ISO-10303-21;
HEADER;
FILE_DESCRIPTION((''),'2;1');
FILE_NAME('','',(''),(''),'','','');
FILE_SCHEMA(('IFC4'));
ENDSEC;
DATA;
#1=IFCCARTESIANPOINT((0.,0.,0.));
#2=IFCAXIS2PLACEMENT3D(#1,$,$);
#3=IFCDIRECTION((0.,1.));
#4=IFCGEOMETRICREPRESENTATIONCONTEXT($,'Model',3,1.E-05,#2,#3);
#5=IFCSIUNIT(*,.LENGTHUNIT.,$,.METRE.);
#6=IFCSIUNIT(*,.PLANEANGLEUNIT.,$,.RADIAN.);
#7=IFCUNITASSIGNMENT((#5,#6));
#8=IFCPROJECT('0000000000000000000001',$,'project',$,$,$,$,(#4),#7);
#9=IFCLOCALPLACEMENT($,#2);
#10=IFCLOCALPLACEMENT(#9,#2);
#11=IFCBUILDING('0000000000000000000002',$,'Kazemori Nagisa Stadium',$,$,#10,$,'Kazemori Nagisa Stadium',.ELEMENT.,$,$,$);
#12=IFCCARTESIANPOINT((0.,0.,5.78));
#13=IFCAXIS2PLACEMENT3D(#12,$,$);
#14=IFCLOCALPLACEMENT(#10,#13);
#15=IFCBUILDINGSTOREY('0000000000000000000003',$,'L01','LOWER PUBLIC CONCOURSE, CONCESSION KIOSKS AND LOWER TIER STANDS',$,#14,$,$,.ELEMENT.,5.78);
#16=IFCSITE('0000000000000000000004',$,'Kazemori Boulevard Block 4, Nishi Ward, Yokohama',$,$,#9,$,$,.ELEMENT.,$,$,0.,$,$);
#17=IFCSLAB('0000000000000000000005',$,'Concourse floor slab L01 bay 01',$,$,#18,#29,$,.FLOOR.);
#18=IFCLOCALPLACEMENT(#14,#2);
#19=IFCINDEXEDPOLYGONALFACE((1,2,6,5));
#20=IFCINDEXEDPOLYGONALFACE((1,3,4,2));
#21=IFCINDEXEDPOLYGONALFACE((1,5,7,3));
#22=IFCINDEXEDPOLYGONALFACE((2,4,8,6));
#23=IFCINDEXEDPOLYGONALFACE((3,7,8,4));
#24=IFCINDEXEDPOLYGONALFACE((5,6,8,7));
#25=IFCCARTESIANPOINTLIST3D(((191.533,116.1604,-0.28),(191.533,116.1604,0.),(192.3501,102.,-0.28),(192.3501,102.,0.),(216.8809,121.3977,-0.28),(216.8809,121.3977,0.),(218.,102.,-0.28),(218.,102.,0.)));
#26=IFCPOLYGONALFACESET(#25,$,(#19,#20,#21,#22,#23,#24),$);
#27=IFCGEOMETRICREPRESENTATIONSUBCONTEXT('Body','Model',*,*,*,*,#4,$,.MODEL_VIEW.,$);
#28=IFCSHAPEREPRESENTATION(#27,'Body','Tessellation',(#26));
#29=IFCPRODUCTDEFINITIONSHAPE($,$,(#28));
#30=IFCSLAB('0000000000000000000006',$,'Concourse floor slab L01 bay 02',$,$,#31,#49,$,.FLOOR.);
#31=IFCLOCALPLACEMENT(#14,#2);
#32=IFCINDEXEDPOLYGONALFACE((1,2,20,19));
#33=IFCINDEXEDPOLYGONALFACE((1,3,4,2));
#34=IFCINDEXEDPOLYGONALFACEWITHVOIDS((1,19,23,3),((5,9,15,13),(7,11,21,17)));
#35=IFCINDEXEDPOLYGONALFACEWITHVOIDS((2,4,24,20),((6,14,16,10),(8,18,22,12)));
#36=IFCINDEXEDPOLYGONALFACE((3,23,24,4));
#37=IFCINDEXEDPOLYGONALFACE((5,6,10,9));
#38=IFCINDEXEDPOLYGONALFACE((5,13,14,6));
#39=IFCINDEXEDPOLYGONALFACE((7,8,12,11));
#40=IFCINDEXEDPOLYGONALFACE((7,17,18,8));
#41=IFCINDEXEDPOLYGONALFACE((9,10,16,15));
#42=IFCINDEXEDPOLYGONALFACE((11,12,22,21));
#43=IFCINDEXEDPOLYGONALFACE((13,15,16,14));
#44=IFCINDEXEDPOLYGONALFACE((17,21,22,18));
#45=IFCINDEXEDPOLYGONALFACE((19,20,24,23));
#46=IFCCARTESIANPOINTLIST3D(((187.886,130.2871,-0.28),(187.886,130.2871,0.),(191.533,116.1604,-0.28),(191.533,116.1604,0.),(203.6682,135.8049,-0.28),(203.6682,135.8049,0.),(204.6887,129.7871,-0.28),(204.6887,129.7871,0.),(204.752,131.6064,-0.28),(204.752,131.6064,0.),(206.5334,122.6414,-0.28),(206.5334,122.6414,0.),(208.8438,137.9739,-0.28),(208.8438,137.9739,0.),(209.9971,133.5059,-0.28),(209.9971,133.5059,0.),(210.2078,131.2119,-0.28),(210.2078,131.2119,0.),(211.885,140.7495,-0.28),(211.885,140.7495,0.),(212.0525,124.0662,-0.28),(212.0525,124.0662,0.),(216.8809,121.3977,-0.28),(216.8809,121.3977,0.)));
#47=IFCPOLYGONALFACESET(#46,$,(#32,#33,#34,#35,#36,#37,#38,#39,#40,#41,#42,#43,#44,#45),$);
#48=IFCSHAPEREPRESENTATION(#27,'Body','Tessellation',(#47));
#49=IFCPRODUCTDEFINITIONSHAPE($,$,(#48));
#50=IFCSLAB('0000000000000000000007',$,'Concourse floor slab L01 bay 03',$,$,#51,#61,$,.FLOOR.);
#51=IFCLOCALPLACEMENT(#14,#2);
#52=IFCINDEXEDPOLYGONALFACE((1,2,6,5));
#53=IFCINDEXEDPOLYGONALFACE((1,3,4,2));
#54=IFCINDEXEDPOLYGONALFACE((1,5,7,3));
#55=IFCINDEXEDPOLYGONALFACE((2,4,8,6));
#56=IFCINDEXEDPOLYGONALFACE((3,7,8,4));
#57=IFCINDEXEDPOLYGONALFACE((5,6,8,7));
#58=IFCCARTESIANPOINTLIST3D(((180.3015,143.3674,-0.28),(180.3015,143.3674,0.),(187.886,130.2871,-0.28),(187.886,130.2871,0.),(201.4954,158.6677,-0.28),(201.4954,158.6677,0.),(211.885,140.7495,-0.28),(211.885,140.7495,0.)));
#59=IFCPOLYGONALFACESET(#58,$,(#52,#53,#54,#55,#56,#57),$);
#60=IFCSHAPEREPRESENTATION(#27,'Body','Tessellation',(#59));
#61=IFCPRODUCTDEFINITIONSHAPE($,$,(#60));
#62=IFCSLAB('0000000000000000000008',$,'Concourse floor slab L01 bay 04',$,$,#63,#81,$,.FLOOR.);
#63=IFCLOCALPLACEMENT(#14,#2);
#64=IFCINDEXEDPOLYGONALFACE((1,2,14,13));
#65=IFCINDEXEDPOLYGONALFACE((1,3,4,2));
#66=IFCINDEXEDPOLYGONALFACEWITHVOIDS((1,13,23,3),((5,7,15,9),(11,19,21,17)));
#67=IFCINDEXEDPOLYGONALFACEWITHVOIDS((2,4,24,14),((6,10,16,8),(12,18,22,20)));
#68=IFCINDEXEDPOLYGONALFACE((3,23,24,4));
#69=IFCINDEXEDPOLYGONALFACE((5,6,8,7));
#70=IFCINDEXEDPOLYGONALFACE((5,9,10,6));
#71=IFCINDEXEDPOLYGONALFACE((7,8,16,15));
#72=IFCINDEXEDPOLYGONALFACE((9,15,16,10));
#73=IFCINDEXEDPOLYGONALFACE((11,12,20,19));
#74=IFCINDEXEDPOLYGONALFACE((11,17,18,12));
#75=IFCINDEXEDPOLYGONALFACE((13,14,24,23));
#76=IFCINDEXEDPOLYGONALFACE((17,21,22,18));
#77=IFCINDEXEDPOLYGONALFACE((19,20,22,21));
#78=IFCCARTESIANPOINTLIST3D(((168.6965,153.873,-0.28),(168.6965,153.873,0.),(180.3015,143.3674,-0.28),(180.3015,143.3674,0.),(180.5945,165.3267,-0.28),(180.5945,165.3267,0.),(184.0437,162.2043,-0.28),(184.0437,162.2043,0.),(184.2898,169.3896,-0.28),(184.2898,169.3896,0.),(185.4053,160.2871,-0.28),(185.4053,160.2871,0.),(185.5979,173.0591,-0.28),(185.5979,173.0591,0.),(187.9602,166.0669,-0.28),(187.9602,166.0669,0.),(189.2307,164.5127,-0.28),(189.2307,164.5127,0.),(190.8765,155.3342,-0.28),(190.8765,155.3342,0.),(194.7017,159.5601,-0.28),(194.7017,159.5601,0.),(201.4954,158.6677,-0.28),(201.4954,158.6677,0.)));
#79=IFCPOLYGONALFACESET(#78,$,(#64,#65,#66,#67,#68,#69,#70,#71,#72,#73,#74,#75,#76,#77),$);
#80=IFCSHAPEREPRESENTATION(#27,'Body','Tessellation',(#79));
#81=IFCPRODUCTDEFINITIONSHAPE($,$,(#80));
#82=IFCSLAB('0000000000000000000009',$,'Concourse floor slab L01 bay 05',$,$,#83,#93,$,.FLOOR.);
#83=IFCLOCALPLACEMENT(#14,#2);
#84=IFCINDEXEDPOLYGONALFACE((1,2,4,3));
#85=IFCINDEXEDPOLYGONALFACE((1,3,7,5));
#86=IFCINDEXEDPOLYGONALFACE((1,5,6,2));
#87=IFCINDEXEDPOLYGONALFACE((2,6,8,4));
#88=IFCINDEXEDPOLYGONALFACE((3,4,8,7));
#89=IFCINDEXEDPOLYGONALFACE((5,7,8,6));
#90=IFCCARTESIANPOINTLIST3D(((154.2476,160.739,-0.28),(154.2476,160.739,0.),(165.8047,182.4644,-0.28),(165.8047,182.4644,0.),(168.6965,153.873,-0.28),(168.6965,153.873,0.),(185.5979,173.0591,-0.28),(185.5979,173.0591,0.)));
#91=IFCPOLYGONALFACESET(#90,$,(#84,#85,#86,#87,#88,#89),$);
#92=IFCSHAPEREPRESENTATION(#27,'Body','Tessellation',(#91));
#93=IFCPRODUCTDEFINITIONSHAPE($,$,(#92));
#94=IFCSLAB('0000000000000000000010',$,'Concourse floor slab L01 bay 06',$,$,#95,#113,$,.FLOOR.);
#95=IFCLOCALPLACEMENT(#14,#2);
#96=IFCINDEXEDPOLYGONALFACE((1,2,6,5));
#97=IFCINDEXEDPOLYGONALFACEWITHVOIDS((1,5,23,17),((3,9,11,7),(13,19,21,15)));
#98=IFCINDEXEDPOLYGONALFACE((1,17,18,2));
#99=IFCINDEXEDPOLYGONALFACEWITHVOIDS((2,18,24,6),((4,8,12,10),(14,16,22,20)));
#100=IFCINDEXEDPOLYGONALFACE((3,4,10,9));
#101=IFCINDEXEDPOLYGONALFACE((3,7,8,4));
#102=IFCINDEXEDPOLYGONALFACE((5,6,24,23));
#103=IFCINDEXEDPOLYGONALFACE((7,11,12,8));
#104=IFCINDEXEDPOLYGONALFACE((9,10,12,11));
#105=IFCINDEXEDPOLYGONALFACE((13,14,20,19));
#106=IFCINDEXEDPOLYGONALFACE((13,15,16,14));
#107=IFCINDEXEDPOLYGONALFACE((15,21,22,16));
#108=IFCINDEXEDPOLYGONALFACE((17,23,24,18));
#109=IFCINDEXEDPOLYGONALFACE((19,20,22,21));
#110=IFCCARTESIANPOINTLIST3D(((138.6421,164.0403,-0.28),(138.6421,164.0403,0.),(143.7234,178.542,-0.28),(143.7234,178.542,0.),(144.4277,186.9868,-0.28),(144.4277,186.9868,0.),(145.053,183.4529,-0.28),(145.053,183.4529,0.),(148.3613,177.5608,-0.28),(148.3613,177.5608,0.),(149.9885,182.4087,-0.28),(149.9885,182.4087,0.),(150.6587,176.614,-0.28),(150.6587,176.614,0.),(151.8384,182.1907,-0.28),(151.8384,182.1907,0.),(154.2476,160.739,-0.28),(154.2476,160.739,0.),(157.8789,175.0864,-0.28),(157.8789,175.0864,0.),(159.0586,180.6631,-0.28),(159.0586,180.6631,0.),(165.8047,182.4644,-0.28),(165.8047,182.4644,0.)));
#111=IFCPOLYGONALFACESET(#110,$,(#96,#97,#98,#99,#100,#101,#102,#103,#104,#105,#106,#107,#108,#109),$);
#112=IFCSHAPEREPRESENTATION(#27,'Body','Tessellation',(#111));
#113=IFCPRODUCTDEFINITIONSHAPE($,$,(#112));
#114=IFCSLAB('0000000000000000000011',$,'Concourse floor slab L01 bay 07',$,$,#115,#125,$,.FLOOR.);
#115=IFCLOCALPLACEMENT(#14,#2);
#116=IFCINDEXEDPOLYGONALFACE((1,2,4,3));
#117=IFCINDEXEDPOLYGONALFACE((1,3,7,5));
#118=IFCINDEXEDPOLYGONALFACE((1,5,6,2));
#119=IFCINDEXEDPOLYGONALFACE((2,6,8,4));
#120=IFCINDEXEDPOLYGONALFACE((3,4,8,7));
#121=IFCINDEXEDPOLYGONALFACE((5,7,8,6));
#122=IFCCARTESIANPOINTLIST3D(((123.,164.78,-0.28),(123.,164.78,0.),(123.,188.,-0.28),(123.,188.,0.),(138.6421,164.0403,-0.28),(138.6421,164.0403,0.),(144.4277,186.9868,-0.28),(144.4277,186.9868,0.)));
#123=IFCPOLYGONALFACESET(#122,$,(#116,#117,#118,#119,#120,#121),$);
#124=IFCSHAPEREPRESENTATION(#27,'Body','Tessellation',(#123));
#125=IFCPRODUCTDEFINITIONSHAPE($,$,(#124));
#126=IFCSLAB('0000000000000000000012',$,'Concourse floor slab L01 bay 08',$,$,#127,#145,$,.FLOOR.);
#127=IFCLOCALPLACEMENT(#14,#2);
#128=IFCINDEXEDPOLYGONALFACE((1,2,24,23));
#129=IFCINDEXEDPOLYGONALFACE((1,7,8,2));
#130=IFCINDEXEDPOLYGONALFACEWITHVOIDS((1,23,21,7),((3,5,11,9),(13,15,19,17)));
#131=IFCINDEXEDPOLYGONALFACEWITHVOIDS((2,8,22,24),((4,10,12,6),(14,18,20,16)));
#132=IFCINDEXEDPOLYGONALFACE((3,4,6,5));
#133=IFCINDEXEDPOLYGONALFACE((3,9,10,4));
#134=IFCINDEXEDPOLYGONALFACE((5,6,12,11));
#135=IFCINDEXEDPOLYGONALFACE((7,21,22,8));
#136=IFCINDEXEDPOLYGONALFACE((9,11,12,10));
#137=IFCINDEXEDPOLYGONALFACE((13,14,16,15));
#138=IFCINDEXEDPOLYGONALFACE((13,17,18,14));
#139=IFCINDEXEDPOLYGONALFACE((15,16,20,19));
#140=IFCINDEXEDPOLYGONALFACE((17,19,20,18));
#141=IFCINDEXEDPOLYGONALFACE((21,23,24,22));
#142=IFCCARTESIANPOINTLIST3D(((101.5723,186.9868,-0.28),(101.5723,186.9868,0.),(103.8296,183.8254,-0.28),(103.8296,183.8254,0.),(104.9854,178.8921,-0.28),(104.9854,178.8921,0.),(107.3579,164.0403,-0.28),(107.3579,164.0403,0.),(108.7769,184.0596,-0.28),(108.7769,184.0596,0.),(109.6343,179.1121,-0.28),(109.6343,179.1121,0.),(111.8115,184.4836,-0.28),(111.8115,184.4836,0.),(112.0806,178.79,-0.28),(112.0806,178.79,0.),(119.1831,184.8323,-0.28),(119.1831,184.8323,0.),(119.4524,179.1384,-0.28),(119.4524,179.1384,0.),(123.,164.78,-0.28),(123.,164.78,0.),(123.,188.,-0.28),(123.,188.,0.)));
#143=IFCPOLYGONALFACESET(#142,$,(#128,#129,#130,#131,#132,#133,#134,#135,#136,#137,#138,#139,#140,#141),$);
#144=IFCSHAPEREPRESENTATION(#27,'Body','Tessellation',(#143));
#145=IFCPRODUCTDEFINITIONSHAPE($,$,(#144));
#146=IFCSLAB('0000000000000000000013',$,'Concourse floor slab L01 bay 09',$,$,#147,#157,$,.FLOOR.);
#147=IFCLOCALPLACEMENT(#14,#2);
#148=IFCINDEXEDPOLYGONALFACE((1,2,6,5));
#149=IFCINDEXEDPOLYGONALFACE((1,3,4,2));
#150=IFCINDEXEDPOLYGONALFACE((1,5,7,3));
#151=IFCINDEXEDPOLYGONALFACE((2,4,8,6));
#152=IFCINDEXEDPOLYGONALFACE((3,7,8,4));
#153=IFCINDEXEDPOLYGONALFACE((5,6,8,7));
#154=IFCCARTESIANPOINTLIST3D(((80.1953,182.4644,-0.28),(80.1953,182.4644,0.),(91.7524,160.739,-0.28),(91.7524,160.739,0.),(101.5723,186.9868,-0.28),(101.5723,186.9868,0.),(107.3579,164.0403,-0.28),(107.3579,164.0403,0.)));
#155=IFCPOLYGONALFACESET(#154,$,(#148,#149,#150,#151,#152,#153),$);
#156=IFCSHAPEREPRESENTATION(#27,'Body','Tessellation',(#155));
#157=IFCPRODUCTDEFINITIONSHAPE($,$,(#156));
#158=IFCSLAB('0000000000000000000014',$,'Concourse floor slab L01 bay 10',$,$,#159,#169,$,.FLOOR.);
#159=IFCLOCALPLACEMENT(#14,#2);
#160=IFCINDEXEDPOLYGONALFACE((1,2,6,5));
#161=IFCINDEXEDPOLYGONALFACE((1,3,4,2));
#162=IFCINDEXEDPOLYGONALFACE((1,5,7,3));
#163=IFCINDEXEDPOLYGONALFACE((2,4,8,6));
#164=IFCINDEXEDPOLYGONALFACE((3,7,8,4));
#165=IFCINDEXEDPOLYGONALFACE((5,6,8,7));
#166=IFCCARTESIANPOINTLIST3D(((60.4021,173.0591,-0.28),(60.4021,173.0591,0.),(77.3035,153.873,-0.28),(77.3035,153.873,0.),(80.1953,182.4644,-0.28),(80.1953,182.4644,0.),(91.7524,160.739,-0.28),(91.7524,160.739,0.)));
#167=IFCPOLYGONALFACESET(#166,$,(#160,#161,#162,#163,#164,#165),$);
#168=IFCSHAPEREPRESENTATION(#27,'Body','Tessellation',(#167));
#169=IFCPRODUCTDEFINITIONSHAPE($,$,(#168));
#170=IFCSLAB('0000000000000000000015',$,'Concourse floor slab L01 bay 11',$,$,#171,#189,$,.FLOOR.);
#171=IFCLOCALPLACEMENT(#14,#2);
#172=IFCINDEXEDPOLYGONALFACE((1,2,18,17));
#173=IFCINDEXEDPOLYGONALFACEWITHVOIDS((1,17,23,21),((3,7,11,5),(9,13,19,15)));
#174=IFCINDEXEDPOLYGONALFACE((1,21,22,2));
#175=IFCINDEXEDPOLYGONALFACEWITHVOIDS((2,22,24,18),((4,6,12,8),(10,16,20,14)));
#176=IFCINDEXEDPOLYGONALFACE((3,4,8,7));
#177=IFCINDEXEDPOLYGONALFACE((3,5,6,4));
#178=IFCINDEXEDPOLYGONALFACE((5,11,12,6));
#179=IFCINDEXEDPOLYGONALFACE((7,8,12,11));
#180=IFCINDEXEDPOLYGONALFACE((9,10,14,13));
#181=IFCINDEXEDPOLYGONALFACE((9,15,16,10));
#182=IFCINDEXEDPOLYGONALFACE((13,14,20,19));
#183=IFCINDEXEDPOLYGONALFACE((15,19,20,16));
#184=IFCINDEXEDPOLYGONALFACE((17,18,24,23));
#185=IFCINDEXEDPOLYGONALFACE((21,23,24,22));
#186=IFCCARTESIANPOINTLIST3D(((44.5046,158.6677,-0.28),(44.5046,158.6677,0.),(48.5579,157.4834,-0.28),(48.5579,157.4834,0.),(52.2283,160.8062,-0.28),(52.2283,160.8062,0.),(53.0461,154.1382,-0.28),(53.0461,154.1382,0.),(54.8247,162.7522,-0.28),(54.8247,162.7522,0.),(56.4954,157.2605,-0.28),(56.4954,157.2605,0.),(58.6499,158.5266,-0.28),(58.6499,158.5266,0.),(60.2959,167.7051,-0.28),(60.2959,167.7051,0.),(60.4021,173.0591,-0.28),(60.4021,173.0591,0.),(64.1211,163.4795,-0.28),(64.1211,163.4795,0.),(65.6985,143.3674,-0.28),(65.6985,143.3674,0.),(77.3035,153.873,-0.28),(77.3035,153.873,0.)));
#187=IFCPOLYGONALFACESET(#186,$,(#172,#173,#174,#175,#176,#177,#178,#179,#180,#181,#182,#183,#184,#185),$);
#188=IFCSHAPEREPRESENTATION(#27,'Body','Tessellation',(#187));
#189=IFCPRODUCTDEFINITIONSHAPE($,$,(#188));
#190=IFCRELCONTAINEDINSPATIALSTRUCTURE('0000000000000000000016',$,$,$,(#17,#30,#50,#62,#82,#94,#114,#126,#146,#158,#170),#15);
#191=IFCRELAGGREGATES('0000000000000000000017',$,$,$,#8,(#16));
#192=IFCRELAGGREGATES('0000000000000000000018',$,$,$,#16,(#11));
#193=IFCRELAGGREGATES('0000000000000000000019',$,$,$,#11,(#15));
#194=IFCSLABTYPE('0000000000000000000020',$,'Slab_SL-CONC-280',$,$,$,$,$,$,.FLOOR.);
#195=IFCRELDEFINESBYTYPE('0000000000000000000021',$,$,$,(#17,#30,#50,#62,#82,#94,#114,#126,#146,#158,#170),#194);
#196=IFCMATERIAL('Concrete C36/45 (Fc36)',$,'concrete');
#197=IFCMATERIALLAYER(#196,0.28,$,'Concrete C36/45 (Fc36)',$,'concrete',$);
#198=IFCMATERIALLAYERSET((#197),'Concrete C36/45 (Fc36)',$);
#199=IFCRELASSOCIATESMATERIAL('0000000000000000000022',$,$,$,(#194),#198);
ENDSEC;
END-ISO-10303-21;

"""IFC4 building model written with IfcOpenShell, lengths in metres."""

from ifc_helpers import new_model, si_unit, direction, frame, origin, place, context, subcontext, project, spatial, polyline, outline, extrude, material, layer, layer_set, type_object, element, save


model = new_model("IFC4")

# Units and contexts
model_context = context("Model", 3, precision=1e-05, world=origin(), true_north=direction((0.0, 1.0)))
body_context = subcontext(model_context, "Body", "Model", "MODEL_VIEW")
ifc_project = project(units=[si_unit("LENGTHUNIT", "METRE"), si_unit("PLANEANGLEUNIT", "RADIAN")], contexts=[model_context])

# Site, building, storey
site_placement = place(None, origin())
site = spatial("IfcSite", under=ifc_project, at=site_placement, Name="Kazemori Boulevard Block 4, Nishi Ward, Yokohama", CompositionType="ELEMENT", RefElevation=0.0)
building_placement = place(site_placement, origin())
building = spatial("IfcBuilding", under=site, at=building_placement, Name="Kazemori Nagisa Stadium", LongName="Kazemori Nagisa Stadium", CompositionType="ELEMENT")
storey_placement = place(building_placement, frame((0.0, 0.0, 5.78)))
storey = spatial("IfcBuildingStorey", under=building, at=storey_placement, Name="L01", Description="LOWER PUBLIC CONCOURSE, CONCESSION KIOSKS AND LOWER TIER STANDS", CompositionType="ELEMENT", Elevation=5.78)

# Slabs
ifc_material = material(Name="Concrete C36/45 (Fc36)", Category="concrete")
ifc_layer_1 = layer(ifc_material, 0.28, Name="Concrete C36/45 (Fc36)", Category="concrete")
ifc_layer_set_1 = layer_set([ifc_layer_1], Name="Concrete C36/45 (Fc36)")
slab_type_1 = type_object("IfcSlabType", Name="Slab_SL-CONC-280", PredefinedType="FLOOR", material=ifc_layer_set_1)
slab_1_placement = place(storey_placement, frame((0.0, 0.0, -0.28)))
element("IfcSlab", 1, at=slab_1_placement, inside=storey, type_object=slab_type_1, Name="Concourse floor slab L01 bay 01", PredefinedType="FLOOR", context=body_context, shape_type="SweptSolid", body=[
    extrude(outline(polyline([(192.3501, 102.0), (191.533, 116.1604), (216.8809, 121.3977), (218.0, 102.0), (192.3501, 102.0)])), origin(), (0.0, 0.0, 1.0), 0.28),
])
slab_2_placement = place(storey_placement, frame((0.0, 0.0, -0.28)))
element("IfcSlab", 2, at=slab_2_placement, inside=storey, type_object=slab_type_1, Name="Concourse floor slab L01 bay 02", PredefinedType="FLOOR", context=body_context, shape_type="SweptSolid", body=[
    extrude(outline(polyline([(191.533, 116.1604), (187.886, 130.2871), (211.885, 140.7495), (216.8809, 121.3977), (191.533, 116.1604)]), holes=[polyline([(206.5334, 122.6414), (204.6887, 129.7871), (210.2078, 131.2119), (212.0525, 124.0662), (206.5334, 122.6414)]), polyline([(204.752, 131.6064), (203.6682, 135.8049), (208.8438, 137.9739), (209.9971, 133.5059), (204.752, 131.6064)])]), origin(), (0.0, 0.0, 1.0), 0.28),
])
slab_3_placement = place(storey_placement, frame((0.0, 0.0, -0.28)))
element("IfcSlab", 3, at=slab_3_placement, inside=storey, type_object=slab_type_1, Name="Concourse floor slab L01 bay 03", PredefinedType="FLOOR", context=body_context, shape_type="SweptSolid", body=[
    extrude(outline(polyline([(187.886, 130.2871), (180.3015, 143.3674), (201.4954, 158.6677), (211.885, 140.7495), (187.886, 130.2871)])), origin(), (0.0, 0.0, 1.0), 0.28),
])
slab_4_placement = place(storey_placement, frame((0.0, 0.0, -0.28)))
element("IfcSlab", 4, at=slab_4_placement, inside=storey, type_object=slab_type_1, Name="Concourse floor slab L01 bay 04", PredefinedType="FLOOR", context=body_context, shape_type="SweptSolid", body=[
    extrude(outline(polyline([(180.3015, 143.3674), (168.6965, 153.873), (185.5979, 173.0591), (201.4954, 158.6677), (180.3015, 143.3674)]), holes=[polyline([(190.8765, 155.3342), (185.4053, 160.2871), (189.2307, 164.5127), (194.7017, 159.5601), (190.8765, 155.3342)]), polyline([(184.0437, 162.2043), (180.5945, 165.3267), (184.2898, 169.3896), (187.9602, 166.0669), (184.0437, 162.2043)])]), origin(), (0.0, 0.0, 1.0), 0.28),
])
slab_5_placement = place(storey_placement, frame((0.0, 0.0, -0.28)))
element("IfcSlab", 5, at=slab_5_placement, inside=storey, type_object=slab_type_1, Name="Concourse floor slab L01 bay 05", PredefinedType="FLOOR", context=body_context, shape_type="SweptSolid", body=[
    extrude(outline(polyline([(168.6965, 153.873), (154.2476, 160.739), (165.8047, 182.4644), (185.5979, 173.0591), (168.6965, 153.873)])), origin(), (0.0, 0.0, 1.0), 0.28),
])
slab_6_placement = place(storey_placement, frame((0.0, 0.0, -0.28)))
element("IfcSlab", 6, at=slab_6_placement, inside=storey, type_object=slab_type_1, Name="Concourse floor slab L01 bay 06", PredefinedType="FLOOR", context=body_context, shape_type="SweptSolid", body=[
    extrude(outline(polyline([(154.2476, 160.739), (138.6421, 164.0403), (144.4277, 186.9868), (165.8047, 182.4644), (154.2476, 160.739)]), holes=[polyline([(157.8789, 175.0864), (150.6587, 176.614), (151.8384, 182.1907), (159.0586, 180.6631), (157.8789, 175.0864)]), polyline([(148.3613, 177.5608), (143.7234, 178.542), (145.053, 183.4529), (149.9885, 182.4087), (148.3613, 177.5608)])]), origin(), (0.0, 0.0, 1.0), 0.28),
])
slab_7_placement = place(storey_placement, frame((0.0, 0.0, -0.28)))
element("IfcSlab", 7, at=slab_7_placement, inside=storey, type_object=slab_type_1, Name="Concourse floor slab L01 bay 07", PredefinedType="FLOOR", context=body_context, shape_type="SweptSolid", body=[
    extrude(outline(polyline([(138.6421, 164.0403), (123.0, 164.78), (123.0, 188.0), (144.4277, 186.9868), (138.6421, 164.0403)])), origin(), (0.0, 0.0, 1.0), 0.28),
])
slab_8_placement = place(storey_placement, frame((0.0, 0.0, -0.28)))
element("IfcSlab", 8, at=slab_8_placement, inside=storey, type_object=slab_type_1, Name="Concourse floor slab L01 bay 08", PredefinedType="FLOOR", context=body_context, shape_type="SweptSolid", body=[
    extrude(outline(polyline([(123.0, 164.78), (107.3579, 164.0403), (101.5723, 186.9868), (123.0, 188.0), (123.0, 164.78)]), holes=[polyline([(119.4524, 179.1384), (112.0806, 178.79), (111.8115, 184.4836), (119.1831, 184.8323), (119.4524, 179.1384)]), polyline([(109.6343, 179.1121), (104.9854, 178.8921), (103.8296, 183.8254), (108.7769, 184.0596), (109.6343, 179.1121)])]), origin(), (0.0, 0.0, 1.0), 0.28),
])
slab_9_placement = place(storey_placement, frame((0.0, 0.0, -0.28)))
element("IfcSlab", 9, at=slab_9_placement, inside=storey, type_object=slab_type_1, Name="Concourse floor slab L01 bay 09", PredefinedType="FLOOR", context=body_context, shape_type="SweptSolid", body=[
    extrude(outline(polyline([(107.3579, 164.0403), (91.7524, 160.739), (80.1953, 182.4644), (101.5723, 186.9868), (107.3579, 164.0403)])), origin(), (0.0, 0.0, 1.0), 0.28),
])
slab_10_placement = place(storey_placement, frame((0.0, 0.0, -0.28)))
element("IfcSlab", 10, at=slab_10_placement, inside=storey, type_object=slab_type_1, Name="Concourse floor slab L01 bay 10", PredefinedType="FLOOR", context=body_context, shape_type="SweptSolid", body=[
    extrude(outline(polyline([(91.7524, 160.739), (77.3035, 153.873), (60.4021, 173.0591), (80.1953, 182.4644), (91.7524, 160.739)])), origin(), (0.0, 0.0, 1.0), 0.28),
])
slab_11_placement = place(storey_placement, frame((0.0, 0.0, -0.28)))
element("IfcSlab", 11, at=slab_11_placement, inside=storey, type_object=slab_type_1, Name="Concourse floor slab L01 bay 11", PredefinedType="FLOOR", context=body_context, shape_type="SweptSolid", body=[
    extrude(outline(polyline([(77.3035, 153.873), (65.6985, 143.3674), (44.5046, 158.6677), (60.4021, 173.0591), (77.3035, 153.873)]), holes=[polyline([(64.1211, 163.4795), (58.6499, 158.5266), (54.8247, 162.7522), (60.2959, 167.7051), (64.1211, 163.4795)]), polyline([(56.4954, 157.2605), (53.0461, 154.1382), (48.5579, 157.4834), (52.2283, 160.8062), (56.4954, 157.2605)])]), origin(), (0.0, 0.0, 1.0), 0.28),
])

save(model, "model.ifc")
